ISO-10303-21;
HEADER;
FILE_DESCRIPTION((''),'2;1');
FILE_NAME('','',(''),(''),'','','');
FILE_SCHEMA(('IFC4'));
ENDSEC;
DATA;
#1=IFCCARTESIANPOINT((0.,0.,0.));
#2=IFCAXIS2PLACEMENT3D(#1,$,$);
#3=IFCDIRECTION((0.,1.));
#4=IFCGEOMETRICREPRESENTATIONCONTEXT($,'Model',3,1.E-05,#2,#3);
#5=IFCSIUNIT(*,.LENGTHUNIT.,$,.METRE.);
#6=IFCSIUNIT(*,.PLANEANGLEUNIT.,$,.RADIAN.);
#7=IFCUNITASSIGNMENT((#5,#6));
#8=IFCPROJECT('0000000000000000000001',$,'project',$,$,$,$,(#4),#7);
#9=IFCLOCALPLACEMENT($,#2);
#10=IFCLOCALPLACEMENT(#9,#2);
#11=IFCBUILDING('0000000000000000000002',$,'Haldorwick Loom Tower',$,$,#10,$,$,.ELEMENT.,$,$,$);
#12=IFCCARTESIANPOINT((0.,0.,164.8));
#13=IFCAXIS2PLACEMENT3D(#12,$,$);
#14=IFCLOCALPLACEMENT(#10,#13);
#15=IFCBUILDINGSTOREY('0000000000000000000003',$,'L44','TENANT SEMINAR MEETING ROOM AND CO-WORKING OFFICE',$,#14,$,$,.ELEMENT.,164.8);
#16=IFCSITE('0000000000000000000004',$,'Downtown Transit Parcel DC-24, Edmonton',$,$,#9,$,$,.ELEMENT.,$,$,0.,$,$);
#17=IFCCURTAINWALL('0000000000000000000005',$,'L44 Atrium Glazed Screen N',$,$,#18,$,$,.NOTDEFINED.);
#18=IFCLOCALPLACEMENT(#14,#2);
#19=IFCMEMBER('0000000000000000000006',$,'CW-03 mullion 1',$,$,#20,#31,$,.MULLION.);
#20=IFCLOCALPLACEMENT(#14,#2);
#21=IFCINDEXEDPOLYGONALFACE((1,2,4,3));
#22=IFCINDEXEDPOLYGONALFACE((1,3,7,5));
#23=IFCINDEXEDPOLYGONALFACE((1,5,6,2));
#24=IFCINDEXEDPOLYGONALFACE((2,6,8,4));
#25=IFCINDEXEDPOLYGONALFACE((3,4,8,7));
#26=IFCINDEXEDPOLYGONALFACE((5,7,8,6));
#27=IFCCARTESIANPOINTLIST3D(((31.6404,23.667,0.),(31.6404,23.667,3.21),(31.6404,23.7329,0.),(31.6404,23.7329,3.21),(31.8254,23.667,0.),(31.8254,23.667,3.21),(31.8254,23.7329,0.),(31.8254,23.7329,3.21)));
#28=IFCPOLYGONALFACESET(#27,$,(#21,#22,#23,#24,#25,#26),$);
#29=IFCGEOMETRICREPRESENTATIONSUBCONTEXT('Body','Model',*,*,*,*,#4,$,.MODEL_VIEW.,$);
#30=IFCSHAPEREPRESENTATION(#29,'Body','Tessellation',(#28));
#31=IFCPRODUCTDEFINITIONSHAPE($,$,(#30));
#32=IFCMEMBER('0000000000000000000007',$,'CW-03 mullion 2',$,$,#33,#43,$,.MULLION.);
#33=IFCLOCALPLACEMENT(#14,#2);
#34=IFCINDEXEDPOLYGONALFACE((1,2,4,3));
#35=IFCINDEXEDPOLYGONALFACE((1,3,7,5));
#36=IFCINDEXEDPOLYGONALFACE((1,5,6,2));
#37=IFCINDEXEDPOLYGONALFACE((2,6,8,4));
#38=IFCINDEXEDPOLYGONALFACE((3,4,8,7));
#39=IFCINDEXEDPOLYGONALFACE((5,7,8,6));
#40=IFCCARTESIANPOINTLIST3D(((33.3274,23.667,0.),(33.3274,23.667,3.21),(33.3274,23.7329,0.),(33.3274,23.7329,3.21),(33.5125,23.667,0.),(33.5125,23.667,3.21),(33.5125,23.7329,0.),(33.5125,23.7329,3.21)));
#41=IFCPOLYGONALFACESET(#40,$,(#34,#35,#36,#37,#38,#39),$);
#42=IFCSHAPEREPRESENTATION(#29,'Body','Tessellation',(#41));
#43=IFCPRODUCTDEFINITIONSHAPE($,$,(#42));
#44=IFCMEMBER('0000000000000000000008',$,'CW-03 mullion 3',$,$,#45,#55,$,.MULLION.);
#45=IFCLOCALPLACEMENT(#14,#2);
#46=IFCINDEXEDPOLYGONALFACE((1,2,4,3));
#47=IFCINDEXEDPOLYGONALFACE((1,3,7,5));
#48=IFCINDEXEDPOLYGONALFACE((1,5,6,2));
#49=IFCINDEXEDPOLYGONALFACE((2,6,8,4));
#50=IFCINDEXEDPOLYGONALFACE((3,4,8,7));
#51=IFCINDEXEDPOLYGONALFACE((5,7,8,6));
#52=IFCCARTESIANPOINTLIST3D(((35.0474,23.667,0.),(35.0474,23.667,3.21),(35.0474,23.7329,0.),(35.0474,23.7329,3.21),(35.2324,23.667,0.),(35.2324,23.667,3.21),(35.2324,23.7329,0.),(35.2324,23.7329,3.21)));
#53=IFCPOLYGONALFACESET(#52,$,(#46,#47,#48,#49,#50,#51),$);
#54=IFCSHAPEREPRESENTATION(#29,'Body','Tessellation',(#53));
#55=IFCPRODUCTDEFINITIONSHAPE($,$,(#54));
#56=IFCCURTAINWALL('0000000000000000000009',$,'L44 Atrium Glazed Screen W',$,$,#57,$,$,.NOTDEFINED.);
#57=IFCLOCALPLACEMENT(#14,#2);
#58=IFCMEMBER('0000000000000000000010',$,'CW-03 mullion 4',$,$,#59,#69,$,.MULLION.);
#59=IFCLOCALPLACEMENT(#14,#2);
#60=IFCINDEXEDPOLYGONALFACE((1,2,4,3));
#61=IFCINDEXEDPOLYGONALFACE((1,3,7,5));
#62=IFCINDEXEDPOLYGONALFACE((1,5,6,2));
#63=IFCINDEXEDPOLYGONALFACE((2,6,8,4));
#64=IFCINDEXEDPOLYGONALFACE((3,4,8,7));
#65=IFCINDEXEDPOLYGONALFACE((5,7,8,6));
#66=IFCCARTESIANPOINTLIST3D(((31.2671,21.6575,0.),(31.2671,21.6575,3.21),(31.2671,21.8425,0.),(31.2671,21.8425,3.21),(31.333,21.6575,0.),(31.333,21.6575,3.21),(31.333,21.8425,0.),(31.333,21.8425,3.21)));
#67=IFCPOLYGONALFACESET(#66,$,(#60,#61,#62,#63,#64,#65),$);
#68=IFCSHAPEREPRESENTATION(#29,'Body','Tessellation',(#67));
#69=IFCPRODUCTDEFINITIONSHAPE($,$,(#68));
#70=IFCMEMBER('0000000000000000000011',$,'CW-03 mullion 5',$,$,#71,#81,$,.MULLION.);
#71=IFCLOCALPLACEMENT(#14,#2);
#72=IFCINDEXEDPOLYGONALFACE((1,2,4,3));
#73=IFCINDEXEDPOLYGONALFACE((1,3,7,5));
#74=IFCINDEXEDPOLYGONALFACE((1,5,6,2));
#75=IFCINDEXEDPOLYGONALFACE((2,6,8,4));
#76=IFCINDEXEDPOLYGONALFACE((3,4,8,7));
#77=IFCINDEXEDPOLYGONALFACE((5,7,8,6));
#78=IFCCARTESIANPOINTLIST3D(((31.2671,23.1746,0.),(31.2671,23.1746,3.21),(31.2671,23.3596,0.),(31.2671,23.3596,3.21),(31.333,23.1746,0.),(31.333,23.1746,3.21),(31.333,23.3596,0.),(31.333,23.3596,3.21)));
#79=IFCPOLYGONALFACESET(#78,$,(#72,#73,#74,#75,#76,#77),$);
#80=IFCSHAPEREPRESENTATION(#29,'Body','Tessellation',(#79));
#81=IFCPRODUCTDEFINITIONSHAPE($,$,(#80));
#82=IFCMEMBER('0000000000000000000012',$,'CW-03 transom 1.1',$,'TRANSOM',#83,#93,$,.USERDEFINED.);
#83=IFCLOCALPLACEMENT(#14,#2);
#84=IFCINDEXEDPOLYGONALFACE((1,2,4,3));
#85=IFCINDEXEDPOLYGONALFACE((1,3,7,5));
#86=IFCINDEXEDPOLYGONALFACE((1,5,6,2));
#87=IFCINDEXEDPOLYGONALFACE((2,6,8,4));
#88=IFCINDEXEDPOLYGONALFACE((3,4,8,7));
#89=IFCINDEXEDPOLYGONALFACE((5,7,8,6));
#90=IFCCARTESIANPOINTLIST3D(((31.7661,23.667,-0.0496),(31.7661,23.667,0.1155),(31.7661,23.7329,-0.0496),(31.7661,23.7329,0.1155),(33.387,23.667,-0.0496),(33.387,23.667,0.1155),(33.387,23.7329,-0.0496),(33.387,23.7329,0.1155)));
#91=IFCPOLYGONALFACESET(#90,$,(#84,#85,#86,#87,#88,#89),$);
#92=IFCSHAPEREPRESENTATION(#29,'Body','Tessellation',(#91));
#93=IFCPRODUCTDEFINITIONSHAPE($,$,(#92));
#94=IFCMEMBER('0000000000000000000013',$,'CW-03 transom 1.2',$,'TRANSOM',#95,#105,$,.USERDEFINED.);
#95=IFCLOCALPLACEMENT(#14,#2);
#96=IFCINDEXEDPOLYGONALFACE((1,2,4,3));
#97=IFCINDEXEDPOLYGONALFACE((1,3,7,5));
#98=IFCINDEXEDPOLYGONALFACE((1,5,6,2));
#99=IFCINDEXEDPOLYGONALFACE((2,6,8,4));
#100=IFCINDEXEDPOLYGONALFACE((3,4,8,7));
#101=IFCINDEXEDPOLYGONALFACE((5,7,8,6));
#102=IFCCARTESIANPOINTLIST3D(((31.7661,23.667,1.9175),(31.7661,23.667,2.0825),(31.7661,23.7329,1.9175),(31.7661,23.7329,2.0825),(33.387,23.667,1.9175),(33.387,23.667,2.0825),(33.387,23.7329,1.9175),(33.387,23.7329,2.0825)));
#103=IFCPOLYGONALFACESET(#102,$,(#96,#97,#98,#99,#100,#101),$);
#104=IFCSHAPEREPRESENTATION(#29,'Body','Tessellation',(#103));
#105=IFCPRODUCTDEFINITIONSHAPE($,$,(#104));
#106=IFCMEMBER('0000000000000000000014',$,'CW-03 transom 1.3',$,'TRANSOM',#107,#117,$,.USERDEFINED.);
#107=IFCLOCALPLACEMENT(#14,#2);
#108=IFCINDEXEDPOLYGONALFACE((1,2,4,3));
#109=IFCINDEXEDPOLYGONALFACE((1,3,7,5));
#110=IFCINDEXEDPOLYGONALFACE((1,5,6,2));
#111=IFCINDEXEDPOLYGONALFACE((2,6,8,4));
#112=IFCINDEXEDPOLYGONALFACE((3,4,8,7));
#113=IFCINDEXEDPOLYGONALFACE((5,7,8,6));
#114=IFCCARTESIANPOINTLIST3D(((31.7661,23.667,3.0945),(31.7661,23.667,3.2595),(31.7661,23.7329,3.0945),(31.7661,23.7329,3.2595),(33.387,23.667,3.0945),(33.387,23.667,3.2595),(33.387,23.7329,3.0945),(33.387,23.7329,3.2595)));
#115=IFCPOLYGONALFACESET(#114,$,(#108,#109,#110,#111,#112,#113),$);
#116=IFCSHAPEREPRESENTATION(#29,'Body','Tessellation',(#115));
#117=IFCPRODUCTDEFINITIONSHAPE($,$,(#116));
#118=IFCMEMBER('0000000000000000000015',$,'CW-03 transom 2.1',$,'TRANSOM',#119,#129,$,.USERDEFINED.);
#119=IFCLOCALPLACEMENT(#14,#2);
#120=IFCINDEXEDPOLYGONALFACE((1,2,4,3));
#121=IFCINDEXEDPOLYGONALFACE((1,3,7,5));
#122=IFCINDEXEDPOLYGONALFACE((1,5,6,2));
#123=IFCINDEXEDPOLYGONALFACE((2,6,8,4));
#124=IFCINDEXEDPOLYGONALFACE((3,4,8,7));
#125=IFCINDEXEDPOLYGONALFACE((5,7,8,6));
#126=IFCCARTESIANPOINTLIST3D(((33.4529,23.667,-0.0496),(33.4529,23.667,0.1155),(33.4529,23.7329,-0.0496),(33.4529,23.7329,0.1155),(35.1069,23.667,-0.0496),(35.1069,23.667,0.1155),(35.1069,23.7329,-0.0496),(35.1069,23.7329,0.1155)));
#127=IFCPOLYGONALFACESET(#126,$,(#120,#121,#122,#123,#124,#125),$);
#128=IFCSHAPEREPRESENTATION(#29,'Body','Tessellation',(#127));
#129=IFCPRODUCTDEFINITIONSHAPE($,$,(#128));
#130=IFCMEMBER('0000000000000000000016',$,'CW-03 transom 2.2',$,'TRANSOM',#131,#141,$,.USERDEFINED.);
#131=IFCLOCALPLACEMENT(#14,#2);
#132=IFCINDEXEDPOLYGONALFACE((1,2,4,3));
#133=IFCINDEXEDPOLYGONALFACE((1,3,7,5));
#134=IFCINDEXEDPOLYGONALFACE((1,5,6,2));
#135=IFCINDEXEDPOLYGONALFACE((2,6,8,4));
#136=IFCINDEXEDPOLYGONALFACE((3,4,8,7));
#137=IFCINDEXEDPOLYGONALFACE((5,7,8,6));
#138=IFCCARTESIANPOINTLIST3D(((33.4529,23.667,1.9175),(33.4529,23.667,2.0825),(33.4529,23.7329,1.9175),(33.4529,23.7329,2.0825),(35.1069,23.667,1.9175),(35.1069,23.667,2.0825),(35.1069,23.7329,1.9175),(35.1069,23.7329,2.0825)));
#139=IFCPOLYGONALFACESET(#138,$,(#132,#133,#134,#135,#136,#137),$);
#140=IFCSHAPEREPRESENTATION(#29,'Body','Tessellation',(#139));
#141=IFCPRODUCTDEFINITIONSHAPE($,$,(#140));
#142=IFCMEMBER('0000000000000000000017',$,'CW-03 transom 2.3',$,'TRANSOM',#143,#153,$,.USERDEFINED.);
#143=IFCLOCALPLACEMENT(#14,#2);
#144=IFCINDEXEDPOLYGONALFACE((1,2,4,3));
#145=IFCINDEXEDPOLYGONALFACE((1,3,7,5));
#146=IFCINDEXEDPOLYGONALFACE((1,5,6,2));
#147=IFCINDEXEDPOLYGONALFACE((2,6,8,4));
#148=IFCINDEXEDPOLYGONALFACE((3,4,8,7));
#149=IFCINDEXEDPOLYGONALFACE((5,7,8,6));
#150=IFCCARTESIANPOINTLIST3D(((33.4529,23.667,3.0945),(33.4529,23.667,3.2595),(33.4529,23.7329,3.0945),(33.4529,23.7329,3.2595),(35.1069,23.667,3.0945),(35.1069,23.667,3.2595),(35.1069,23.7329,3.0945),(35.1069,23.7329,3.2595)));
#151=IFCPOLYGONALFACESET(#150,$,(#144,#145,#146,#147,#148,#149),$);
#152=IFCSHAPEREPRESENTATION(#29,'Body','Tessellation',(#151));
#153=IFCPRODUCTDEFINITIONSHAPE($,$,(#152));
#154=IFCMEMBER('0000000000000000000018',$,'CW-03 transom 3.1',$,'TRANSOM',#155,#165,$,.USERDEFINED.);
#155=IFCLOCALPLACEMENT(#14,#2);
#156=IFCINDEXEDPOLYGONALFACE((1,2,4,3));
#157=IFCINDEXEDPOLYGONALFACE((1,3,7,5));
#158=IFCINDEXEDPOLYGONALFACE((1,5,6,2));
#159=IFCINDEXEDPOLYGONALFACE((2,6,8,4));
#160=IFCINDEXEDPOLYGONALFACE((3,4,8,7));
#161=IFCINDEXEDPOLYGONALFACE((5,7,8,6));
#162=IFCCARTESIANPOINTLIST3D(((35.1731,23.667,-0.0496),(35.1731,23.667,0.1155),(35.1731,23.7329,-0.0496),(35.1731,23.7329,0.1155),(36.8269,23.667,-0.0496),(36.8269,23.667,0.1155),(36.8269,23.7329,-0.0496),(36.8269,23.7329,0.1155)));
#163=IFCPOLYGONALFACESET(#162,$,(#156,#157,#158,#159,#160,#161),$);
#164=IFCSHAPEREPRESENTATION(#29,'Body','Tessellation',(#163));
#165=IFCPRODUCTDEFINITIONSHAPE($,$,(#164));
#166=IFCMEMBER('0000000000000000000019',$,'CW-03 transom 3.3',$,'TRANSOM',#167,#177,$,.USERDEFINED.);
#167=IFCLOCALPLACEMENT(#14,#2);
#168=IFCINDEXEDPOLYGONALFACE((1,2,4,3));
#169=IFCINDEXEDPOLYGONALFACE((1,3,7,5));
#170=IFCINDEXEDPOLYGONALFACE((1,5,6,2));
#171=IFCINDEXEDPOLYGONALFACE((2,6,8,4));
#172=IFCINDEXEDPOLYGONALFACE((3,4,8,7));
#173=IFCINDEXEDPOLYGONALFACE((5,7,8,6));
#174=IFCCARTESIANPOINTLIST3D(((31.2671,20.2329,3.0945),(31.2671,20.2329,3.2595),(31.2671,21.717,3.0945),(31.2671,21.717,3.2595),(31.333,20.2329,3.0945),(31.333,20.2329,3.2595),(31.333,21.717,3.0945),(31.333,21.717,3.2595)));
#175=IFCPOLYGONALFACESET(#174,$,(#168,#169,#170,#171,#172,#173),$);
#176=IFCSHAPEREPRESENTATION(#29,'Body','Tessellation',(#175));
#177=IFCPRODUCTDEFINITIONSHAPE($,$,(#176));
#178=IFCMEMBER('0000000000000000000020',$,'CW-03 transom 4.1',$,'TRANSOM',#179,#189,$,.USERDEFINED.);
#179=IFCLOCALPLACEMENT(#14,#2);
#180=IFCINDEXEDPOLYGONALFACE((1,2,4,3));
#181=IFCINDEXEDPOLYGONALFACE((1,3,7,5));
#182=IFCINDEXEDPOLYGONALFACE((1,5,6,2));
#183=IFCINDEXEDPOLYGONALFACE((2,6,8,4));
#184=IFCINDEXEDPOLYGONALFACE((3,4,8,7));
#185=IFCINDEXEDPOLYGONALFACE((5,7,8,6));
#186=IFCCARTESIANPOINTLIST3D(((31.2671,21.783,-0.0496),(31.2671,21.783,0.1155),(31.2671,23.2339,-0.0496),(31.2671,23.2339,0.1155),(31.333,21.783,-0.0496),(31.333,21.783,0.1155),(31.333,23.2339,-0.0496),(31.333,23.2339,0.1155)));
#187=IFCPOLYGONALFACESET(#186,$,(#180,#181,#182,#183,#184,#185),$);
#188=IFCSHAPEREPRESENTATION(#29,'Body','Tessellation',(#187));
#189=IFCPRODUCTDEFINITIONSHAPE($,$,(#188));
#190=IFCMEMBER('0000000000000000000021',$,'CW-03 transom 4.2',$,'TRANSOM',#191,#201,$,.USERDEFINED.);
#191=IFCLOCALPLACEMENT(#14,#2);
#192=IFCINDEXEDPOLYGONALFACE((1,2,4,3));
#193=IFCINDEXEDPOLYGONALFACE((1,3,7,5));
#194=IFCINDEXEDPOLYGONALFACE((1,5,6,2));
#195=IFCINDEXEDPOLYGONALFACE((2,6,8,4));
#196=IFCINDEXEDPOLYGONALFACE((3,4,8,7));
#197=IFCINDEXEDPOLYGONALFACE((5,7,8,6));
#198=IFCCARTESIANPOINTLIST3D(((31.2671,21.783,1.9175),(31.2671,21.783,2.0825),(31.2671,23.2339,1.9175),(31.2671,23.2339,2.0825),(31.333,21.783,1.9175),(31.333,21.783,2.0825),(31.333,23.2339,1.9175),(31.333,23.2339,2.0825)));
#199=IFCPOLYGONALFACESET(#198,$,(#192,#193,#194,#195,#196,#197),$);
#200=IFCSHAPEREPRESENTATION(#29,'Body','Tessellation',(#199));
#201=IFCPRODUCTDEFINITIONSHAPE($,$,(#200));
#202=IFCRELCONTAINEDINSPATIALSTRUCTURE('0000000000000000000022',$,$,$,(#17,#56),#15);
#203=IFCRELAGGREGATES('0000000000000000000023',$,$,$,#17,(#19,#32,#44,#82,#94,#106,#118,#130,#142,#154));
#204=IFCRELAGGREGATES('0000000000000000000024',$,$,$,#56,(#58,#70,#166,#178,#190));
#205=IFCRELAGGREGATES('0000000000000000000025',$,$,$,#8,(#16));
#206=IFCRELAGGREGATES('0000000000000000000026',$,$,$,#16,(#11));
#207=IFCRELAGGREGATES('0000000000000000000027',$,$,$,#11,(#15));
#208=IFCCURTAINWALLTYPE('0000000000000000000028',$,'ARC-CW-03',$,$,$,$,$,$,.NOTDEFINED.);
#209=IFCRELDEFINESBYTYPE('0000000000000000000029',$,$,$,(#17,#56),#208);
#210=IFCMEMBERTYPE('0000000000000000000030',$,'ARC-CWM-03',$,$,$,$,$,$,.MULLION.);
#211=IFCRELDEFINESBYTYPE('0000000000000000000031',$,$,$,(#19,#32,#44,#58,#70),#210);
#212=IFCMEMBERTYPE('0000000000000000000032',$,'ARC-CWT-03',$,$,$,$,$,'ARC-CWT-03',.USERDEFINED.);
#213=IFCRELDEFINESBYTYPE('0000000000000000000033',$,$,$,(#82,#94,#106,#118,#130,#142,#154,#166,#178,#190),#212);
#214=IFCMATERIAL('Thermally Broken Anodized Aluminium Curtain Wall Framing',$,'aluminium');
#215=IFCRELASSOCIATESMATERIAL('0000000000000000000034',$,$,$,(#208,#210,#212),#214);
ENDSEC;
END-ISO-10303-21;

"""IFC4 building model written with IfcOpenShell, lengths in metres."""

from ifc_helpers import new_model, si_unit, direction, frame, origin, origin_2d, place, context, subcontext, project, spatial, rectangle, extrude, material, material_profile, profile_set, type_object, element, aggregate, save


model = new_model("IFC4")

# Units and contexts
model_context = context("Model", 3, precision=1e-05, world=origin(), true_north=direction((0.0, 1.0)))
body_context = subcontext(model_context, "Body", "Model", "MODEL_VIEW")
ifc_project = project(units=[si_unit("LENGTHUNIT", "METRE"), si_unit("PLANEANGLEUNIT", "RADIAN")], contexts=[model_context])

# Site, building, storey
site_placement = place(None, origin())
site = spatial("IfcSite", under=ifc_project, at=site_placement, Name="Downtown Transit Parcel DC-24, Edmonton", CompositionType="ELEMENT", RefElevation=0.0)
building_placement = place(site_placement, origin())
building = spatial("IfcBuilding", under=site, at=building_placement, Name="Haldorwick Loom Tower", CompositionType="ELEMENT")
storey_placement = place(building_placement, frame((0.0, 0.0, 164.8)))
storey = spatial("IfcBuildingStorey", under=building, at=storey_placement, Name="L44", Description="TENANT SEMINAR MEETING ROOM AND CO-WORKING OFFICE", CompositionType="ELEMENT", Elevation=164.8)

# Curtain walls, members
ifc_material_1 = material(Name="Thermally Broken Anodized Aluminium Curtain Wall Framing", Category="aluminium")
curtain_wall_type = type_object("IfcCurtainWallType", Name="ARC-CW-03", PredefinedType="NOTDEFINED", material=ifc_material_1)
curtain_wall_1_placement = place(storey_placement, origin())
curtain_wall_1 = element("IfcCurtainWall", 1, at=curtain_wall_1_placement, inside=storey, type_object=curtain_wall_type, Name="L44 Atrium Glazed Screen N", PredefinedType="NOTDEFINED")
ifc_material_profile_1 = material_profile(ifc_material_1, rectangle(XDim=0.0659, YDim=0.1851, at=origin_2d()), Name="ALU_MUL_66X185", Category="aluminium")
ifc_profile_set_1 = profile_set([ifc_material_profile_1], Name="Thermally Broken Anodized Aluminium Curtain Wall Framing")
member_type_1 = type_object("IfcMemberType", Name="ARC-CWM-03", PredefinedType="MULLION", material=ifc_profile_set_1)
member_1_placement = place(storey_placement, frame((31.7329, 23.7, 0.0), z_axis=(0.0, 0.0, 1.0), x_axis=(0.0, 1.0, 0.0)))
member_1 = element("IfcMember", 2, at=member_1_placement, type_object=member_type_1, Name="CW-03 mullion 1", PredefinedType="MULLION", context=body_context, shape_type="SweptSolid", body=[
    extrude(rectangle(XDim=0.0659, YDim=0.1851, at=origin_2d()), origin(), (0.0, 0.0, 1.0), 3.21),
])
member_2_placement = place(storey_placement, frame((33.4199, 23.7, 0.0), z_axis=(0.0, 0.0, 1.0), x_axis=(0.0, 1.0, 0.0)))
member_2 = element("IfcMember", 3, at=member_2_placement, type_object=member_type_1, Name="CW-03 mullion 2", PredefinedType="MULLION", context=body_context, shape_type="SweptSolid", body=[
    extrude(rectangle(XDim=0.0659, YDim=0.1851, at=origin_2d()), origin(), (0.0, 0.0, 1.0), 3.21),
])
member_3_placement = place(storey_placement, frame((35.1399, 23.7, 0.0), z_axis=(0.0, 0.0, 1.0), x_axis=(0.0, 1.0, 0.0)))
member_3 = element("IfcMember", 4, at=member_3_placement, type_object=member_type_1, Name="CW-03 mullion 3", PredefinedType="MULLION", context=body_context, shape_type="SweptSolid", body=[
    extrude(rectangle(XDim=0.0659, YDim=0.1851, at=origin_2d()), origin(), (0.0, 0.0, 1.0), 3.21),
])
curtain_wall_2_placement = place(storey_placement, origin())
curtain_wall_2 = element("IfcCurtainWall", 5, at=curtain_wall_2_placement, inside=storey, type_object=curtain_wall_type, Name="L44 Atrium Glazed Screen W", PredefinedType="NOTDEFINED")
member_4_placement = place(storey_placement, frame((31.3, 21.75, 0.0), z_axis=(0.0, 0.0, 1.0), x_axis=(-1.0, 0.0, 0.0)))
member_4 = element("IfcMember", 6, at=member_4_placement, type_object=member_type_1, Name="CW-03 mullion 4", PredefinedType="MULLION", context=body_context, shape_type="SweptSolid", body=[
    extrude(rectangle(XDim=0.0659, YDim=0.1851, at=origin_2d()), origin(), (0.0, 0.0, 1.0), 3.21),
])
member_5_placement = place(storey_placement, frame((31.3, 23.2671, 0.0), z_axis=(0.0, 0.0, 1.0), x_axis=(-1.0, 0.0, 0.0)))
member_5 = element("IfcMember", 7, at=member_5_placement, type_object=member_type_1, Name="CW-03 mullion 5", PredefinedType="MULLION", context=body_context, shape_type="SweptSolid", body=[
    extrude(rectangle(XDim=0.0659, YDim=0.1851, at=origin_2d()), origin(), (0.0, 0.0, 1.0), 3.21),
])

# Members
ifc_material_profile_2 = material_profile(ifc_material_1, rectangle(XDim=0.0659, YDim=0.165, at=origin_2d()), Name="ALU_TRN_66X165", Category="aluminium")
ifc_profile_set_2 = profile_set([ifc_material_profile_2], Name="Thermally Broken Anodized Aluminium Curtain Wall Framing")
member_type_2 = type_object("IfcMemberType", Name="ARC-CWT-03", ElementType="ARC-CWT-03", PredefinedType="USERDEFINED", material=ifc_profile_set_2)
member_6_placement = place(storey_placement, frame((31.7661, 23.7, 0.033), z_axis=(1.0, 0.0, 0.0), x_axis=(0.0, 1.0, 0.0)))
member_6 = element("IfcMember", 8, at=member_6_placement, type_object=member_type_2, Name="CW-03 transom 1.1", ObjectType="TRANSOM", PredefinedType="USERDEFINED", context=body_context, shape_type="SweptSolid", body=[
    extrude(rectangle(XDim=0.0659, YDim=0.165, at=origin_2d()), origin(), (0.0, 0.0, 1.0), 1.6208),
])
member_7_placement = place(storey_placement, frame((31.7661, 23.7, 2.0), z_axis=(1.0, 0.0, 0.0), x_axis=(0.0, 1.0, 0.0)))
member_7 = element("IfcMember", 9, at=member_7_placement, type_object=member_type_2, Name="CW-03 transom 1.2", ObjectType="TRANSOM", PredefinedType="USERDEFINED", context=body_context, shape_type="SweptSolid", body=[
    extrude(rectangle(XDim=0.0659, YDim=0.165, at=origin_2d()), origin(), (0.0, 0.0, 1.0), 1.6208),
])
member_8_placement = place(storey_placement, frame((31.7661, 23.7, 3.177), z_axis=(1.0, 0.0, 0.0), x_axis=(0.0, 1.0, 0.0)))
member_8 = element("IfcMember", 10, at=member_8_placement, type_object=member_type_2, Name="CW-03 transom 1.3", ObjectType="TRANSOM", PredefinedType="USERDEFINED", context=body_context, shape_type="SweptSolid", body=[
    extrude(rectangle(XDim=0.0659, YDim=0.165, at=origin_2d()), origin(), (0.0, 0.0, 1.0), 1.6208),
])
member_9_placement = place(storey_placement, frame((33.4529, 23.7, 0.033), z_axis=(1.0, 0.0, 0.0), x_axis=(0.0, 1.0, 0.0)))
member_9 = element("IfcMember", 11, at=member_9_placement, type_object=member_type_2, Name="CW-03 transom 2.1", ObjectType="TRANSOM", PredefinedType="USERDEFINED", context=body_context, shape_type="SweptSolid", body=[
    extrude(rectangle(XDim=0.0659, YDim=0.165, at=origin_2d()), origin(), (0.0, 0.0, 1.0), 1.6541),
])
member_10_placement = place(storey_placement, frame((33.4529, 23.7, 2.0), z_axis=(1.0, 0.0, 0.0), x_axis=(0.0, 1.0, 0.0)))
member_10 = element("IfcMember", 12, at=member_10_placement, type_object=member_type_2, Name="CW-03 transom 2.2", ObjectType="TRANSOM", PredefinedType="USERDEFINED", context=body_context, shape_type="SweptSolid", body=[
    extrude(rectangle(XDim=0.0659, YDim=0.165, at=origin_2d()), origin(), (0.0, 0.0, 1.0), 1.6541),
])
member_11_placement = place(storey_placement, frame((33.4529, 23.7, 3.177), z_axis=(1.0, 0.0, 0.0), x_axis=(0.0, 1.0, 0.0)))
member_11 = element("IfcMember", 13, at=member_11_placement, type_object=member_type_2, Name="CW-03 transom 2.3", ObjectType="TRANSOM", PredefinedType="USERDEFINED", context=body_context, shape_type="SweptSolid", body=[
    extrude(rectangle(XDim=0.0659, YDim=0.165, at=origin_2d()), origin(), (0.0, 0.0, 1.0), 1.6541),
])
member_12_placement = place(storey_placement, frame((35.1731, 23.7, 0.033), z_axis=(1.0, 0.0, 0.0), x_axis=(0.0, 1.0, 0.0)))
member_12 = element("IfcMember", 14, at=member_12_placement, type_object=member_type_2, Name="CW-03 transom 3.1", ObjectType="TRANSOM", PredefinedType="USERDEFINED", context=body_context, shape_type="SweptSolid", body=[
    extrude(rectangle(XDim=0.0659, YDim=0.165, at=origin_2d()), origin(), (0.0, 0.0, 1.0), 1.6538),
])
member_13_placement = place(storey_placement, frame((31.3, 20.2329, 3.177), z_axis=(0.0, 1.0, 0.0), x_axis=(-1.0, 0.0, 0.0)))
member_13 = element("IfcMember", 15, at=member_13_placement, type_object=member_type_2, Name="CW-03 transom 3.3", ObjectType="TRANSOM", PredefinedType="USERDEFINED", context=body_context, shape_type="SweptSolid", body=[
    extrude(rectangle(XDim=0.0659, YDim=0.165, at=origin_2d()), origin(), (0.0, 0.0, 1.0), 1.4841),
])
member_14_placement = place(storey_placement, frame((31.3, 21.783, 0.033), z_axis=(0.0, 1.0, 0.0), x_axis=(-1.0, 0.0, 0.0)))
member_14 = element("IfcMember", 16, at=member_14_placement, type_object=member_type_2, Name="CW-03 transom 4.1", ObjectType="TRANSOM", PredefinedType="USERDEFINED", context=body_context, shape_type="SweptSolid", body=[
    extrude(rectangle(XDim=0.0659, YDim=0.165, at=origin_2d()), origin(), (0.0, 0.0, 1.0), 1.4509),
])
member_15_placement = place(storey_placement, frame((31.3, 21.783, 2.0), z_axis=(0.0, 1.0, 0.0), x_axis=(-1.0, 0.0, 0.0)))
member_15 = element("IfcMember", 17, at=member_15_placement, type_object=member_type_2, Name="CW-03 transom 4.2", ObjectType="TRANSOM", PredefinedType="USERDEFINED", context=body_context, shape_type="SweptSolid", body=[
    extrude(rectangle(XDim=0.0659, YDim=0.165, at=origin_2d()), origin(), (0.0, 0.0, 1.0), 1.4509),
])

aggregate(curtain_wall_1, [member_1, member_2, member_3, member_6, member_7, member_8, member_9, member_10, member_11, member_12])
aggregate(curtain_wall_2, [member_4, member_5, member_13, member_14, member_15])

save(model, "model.ifc")
